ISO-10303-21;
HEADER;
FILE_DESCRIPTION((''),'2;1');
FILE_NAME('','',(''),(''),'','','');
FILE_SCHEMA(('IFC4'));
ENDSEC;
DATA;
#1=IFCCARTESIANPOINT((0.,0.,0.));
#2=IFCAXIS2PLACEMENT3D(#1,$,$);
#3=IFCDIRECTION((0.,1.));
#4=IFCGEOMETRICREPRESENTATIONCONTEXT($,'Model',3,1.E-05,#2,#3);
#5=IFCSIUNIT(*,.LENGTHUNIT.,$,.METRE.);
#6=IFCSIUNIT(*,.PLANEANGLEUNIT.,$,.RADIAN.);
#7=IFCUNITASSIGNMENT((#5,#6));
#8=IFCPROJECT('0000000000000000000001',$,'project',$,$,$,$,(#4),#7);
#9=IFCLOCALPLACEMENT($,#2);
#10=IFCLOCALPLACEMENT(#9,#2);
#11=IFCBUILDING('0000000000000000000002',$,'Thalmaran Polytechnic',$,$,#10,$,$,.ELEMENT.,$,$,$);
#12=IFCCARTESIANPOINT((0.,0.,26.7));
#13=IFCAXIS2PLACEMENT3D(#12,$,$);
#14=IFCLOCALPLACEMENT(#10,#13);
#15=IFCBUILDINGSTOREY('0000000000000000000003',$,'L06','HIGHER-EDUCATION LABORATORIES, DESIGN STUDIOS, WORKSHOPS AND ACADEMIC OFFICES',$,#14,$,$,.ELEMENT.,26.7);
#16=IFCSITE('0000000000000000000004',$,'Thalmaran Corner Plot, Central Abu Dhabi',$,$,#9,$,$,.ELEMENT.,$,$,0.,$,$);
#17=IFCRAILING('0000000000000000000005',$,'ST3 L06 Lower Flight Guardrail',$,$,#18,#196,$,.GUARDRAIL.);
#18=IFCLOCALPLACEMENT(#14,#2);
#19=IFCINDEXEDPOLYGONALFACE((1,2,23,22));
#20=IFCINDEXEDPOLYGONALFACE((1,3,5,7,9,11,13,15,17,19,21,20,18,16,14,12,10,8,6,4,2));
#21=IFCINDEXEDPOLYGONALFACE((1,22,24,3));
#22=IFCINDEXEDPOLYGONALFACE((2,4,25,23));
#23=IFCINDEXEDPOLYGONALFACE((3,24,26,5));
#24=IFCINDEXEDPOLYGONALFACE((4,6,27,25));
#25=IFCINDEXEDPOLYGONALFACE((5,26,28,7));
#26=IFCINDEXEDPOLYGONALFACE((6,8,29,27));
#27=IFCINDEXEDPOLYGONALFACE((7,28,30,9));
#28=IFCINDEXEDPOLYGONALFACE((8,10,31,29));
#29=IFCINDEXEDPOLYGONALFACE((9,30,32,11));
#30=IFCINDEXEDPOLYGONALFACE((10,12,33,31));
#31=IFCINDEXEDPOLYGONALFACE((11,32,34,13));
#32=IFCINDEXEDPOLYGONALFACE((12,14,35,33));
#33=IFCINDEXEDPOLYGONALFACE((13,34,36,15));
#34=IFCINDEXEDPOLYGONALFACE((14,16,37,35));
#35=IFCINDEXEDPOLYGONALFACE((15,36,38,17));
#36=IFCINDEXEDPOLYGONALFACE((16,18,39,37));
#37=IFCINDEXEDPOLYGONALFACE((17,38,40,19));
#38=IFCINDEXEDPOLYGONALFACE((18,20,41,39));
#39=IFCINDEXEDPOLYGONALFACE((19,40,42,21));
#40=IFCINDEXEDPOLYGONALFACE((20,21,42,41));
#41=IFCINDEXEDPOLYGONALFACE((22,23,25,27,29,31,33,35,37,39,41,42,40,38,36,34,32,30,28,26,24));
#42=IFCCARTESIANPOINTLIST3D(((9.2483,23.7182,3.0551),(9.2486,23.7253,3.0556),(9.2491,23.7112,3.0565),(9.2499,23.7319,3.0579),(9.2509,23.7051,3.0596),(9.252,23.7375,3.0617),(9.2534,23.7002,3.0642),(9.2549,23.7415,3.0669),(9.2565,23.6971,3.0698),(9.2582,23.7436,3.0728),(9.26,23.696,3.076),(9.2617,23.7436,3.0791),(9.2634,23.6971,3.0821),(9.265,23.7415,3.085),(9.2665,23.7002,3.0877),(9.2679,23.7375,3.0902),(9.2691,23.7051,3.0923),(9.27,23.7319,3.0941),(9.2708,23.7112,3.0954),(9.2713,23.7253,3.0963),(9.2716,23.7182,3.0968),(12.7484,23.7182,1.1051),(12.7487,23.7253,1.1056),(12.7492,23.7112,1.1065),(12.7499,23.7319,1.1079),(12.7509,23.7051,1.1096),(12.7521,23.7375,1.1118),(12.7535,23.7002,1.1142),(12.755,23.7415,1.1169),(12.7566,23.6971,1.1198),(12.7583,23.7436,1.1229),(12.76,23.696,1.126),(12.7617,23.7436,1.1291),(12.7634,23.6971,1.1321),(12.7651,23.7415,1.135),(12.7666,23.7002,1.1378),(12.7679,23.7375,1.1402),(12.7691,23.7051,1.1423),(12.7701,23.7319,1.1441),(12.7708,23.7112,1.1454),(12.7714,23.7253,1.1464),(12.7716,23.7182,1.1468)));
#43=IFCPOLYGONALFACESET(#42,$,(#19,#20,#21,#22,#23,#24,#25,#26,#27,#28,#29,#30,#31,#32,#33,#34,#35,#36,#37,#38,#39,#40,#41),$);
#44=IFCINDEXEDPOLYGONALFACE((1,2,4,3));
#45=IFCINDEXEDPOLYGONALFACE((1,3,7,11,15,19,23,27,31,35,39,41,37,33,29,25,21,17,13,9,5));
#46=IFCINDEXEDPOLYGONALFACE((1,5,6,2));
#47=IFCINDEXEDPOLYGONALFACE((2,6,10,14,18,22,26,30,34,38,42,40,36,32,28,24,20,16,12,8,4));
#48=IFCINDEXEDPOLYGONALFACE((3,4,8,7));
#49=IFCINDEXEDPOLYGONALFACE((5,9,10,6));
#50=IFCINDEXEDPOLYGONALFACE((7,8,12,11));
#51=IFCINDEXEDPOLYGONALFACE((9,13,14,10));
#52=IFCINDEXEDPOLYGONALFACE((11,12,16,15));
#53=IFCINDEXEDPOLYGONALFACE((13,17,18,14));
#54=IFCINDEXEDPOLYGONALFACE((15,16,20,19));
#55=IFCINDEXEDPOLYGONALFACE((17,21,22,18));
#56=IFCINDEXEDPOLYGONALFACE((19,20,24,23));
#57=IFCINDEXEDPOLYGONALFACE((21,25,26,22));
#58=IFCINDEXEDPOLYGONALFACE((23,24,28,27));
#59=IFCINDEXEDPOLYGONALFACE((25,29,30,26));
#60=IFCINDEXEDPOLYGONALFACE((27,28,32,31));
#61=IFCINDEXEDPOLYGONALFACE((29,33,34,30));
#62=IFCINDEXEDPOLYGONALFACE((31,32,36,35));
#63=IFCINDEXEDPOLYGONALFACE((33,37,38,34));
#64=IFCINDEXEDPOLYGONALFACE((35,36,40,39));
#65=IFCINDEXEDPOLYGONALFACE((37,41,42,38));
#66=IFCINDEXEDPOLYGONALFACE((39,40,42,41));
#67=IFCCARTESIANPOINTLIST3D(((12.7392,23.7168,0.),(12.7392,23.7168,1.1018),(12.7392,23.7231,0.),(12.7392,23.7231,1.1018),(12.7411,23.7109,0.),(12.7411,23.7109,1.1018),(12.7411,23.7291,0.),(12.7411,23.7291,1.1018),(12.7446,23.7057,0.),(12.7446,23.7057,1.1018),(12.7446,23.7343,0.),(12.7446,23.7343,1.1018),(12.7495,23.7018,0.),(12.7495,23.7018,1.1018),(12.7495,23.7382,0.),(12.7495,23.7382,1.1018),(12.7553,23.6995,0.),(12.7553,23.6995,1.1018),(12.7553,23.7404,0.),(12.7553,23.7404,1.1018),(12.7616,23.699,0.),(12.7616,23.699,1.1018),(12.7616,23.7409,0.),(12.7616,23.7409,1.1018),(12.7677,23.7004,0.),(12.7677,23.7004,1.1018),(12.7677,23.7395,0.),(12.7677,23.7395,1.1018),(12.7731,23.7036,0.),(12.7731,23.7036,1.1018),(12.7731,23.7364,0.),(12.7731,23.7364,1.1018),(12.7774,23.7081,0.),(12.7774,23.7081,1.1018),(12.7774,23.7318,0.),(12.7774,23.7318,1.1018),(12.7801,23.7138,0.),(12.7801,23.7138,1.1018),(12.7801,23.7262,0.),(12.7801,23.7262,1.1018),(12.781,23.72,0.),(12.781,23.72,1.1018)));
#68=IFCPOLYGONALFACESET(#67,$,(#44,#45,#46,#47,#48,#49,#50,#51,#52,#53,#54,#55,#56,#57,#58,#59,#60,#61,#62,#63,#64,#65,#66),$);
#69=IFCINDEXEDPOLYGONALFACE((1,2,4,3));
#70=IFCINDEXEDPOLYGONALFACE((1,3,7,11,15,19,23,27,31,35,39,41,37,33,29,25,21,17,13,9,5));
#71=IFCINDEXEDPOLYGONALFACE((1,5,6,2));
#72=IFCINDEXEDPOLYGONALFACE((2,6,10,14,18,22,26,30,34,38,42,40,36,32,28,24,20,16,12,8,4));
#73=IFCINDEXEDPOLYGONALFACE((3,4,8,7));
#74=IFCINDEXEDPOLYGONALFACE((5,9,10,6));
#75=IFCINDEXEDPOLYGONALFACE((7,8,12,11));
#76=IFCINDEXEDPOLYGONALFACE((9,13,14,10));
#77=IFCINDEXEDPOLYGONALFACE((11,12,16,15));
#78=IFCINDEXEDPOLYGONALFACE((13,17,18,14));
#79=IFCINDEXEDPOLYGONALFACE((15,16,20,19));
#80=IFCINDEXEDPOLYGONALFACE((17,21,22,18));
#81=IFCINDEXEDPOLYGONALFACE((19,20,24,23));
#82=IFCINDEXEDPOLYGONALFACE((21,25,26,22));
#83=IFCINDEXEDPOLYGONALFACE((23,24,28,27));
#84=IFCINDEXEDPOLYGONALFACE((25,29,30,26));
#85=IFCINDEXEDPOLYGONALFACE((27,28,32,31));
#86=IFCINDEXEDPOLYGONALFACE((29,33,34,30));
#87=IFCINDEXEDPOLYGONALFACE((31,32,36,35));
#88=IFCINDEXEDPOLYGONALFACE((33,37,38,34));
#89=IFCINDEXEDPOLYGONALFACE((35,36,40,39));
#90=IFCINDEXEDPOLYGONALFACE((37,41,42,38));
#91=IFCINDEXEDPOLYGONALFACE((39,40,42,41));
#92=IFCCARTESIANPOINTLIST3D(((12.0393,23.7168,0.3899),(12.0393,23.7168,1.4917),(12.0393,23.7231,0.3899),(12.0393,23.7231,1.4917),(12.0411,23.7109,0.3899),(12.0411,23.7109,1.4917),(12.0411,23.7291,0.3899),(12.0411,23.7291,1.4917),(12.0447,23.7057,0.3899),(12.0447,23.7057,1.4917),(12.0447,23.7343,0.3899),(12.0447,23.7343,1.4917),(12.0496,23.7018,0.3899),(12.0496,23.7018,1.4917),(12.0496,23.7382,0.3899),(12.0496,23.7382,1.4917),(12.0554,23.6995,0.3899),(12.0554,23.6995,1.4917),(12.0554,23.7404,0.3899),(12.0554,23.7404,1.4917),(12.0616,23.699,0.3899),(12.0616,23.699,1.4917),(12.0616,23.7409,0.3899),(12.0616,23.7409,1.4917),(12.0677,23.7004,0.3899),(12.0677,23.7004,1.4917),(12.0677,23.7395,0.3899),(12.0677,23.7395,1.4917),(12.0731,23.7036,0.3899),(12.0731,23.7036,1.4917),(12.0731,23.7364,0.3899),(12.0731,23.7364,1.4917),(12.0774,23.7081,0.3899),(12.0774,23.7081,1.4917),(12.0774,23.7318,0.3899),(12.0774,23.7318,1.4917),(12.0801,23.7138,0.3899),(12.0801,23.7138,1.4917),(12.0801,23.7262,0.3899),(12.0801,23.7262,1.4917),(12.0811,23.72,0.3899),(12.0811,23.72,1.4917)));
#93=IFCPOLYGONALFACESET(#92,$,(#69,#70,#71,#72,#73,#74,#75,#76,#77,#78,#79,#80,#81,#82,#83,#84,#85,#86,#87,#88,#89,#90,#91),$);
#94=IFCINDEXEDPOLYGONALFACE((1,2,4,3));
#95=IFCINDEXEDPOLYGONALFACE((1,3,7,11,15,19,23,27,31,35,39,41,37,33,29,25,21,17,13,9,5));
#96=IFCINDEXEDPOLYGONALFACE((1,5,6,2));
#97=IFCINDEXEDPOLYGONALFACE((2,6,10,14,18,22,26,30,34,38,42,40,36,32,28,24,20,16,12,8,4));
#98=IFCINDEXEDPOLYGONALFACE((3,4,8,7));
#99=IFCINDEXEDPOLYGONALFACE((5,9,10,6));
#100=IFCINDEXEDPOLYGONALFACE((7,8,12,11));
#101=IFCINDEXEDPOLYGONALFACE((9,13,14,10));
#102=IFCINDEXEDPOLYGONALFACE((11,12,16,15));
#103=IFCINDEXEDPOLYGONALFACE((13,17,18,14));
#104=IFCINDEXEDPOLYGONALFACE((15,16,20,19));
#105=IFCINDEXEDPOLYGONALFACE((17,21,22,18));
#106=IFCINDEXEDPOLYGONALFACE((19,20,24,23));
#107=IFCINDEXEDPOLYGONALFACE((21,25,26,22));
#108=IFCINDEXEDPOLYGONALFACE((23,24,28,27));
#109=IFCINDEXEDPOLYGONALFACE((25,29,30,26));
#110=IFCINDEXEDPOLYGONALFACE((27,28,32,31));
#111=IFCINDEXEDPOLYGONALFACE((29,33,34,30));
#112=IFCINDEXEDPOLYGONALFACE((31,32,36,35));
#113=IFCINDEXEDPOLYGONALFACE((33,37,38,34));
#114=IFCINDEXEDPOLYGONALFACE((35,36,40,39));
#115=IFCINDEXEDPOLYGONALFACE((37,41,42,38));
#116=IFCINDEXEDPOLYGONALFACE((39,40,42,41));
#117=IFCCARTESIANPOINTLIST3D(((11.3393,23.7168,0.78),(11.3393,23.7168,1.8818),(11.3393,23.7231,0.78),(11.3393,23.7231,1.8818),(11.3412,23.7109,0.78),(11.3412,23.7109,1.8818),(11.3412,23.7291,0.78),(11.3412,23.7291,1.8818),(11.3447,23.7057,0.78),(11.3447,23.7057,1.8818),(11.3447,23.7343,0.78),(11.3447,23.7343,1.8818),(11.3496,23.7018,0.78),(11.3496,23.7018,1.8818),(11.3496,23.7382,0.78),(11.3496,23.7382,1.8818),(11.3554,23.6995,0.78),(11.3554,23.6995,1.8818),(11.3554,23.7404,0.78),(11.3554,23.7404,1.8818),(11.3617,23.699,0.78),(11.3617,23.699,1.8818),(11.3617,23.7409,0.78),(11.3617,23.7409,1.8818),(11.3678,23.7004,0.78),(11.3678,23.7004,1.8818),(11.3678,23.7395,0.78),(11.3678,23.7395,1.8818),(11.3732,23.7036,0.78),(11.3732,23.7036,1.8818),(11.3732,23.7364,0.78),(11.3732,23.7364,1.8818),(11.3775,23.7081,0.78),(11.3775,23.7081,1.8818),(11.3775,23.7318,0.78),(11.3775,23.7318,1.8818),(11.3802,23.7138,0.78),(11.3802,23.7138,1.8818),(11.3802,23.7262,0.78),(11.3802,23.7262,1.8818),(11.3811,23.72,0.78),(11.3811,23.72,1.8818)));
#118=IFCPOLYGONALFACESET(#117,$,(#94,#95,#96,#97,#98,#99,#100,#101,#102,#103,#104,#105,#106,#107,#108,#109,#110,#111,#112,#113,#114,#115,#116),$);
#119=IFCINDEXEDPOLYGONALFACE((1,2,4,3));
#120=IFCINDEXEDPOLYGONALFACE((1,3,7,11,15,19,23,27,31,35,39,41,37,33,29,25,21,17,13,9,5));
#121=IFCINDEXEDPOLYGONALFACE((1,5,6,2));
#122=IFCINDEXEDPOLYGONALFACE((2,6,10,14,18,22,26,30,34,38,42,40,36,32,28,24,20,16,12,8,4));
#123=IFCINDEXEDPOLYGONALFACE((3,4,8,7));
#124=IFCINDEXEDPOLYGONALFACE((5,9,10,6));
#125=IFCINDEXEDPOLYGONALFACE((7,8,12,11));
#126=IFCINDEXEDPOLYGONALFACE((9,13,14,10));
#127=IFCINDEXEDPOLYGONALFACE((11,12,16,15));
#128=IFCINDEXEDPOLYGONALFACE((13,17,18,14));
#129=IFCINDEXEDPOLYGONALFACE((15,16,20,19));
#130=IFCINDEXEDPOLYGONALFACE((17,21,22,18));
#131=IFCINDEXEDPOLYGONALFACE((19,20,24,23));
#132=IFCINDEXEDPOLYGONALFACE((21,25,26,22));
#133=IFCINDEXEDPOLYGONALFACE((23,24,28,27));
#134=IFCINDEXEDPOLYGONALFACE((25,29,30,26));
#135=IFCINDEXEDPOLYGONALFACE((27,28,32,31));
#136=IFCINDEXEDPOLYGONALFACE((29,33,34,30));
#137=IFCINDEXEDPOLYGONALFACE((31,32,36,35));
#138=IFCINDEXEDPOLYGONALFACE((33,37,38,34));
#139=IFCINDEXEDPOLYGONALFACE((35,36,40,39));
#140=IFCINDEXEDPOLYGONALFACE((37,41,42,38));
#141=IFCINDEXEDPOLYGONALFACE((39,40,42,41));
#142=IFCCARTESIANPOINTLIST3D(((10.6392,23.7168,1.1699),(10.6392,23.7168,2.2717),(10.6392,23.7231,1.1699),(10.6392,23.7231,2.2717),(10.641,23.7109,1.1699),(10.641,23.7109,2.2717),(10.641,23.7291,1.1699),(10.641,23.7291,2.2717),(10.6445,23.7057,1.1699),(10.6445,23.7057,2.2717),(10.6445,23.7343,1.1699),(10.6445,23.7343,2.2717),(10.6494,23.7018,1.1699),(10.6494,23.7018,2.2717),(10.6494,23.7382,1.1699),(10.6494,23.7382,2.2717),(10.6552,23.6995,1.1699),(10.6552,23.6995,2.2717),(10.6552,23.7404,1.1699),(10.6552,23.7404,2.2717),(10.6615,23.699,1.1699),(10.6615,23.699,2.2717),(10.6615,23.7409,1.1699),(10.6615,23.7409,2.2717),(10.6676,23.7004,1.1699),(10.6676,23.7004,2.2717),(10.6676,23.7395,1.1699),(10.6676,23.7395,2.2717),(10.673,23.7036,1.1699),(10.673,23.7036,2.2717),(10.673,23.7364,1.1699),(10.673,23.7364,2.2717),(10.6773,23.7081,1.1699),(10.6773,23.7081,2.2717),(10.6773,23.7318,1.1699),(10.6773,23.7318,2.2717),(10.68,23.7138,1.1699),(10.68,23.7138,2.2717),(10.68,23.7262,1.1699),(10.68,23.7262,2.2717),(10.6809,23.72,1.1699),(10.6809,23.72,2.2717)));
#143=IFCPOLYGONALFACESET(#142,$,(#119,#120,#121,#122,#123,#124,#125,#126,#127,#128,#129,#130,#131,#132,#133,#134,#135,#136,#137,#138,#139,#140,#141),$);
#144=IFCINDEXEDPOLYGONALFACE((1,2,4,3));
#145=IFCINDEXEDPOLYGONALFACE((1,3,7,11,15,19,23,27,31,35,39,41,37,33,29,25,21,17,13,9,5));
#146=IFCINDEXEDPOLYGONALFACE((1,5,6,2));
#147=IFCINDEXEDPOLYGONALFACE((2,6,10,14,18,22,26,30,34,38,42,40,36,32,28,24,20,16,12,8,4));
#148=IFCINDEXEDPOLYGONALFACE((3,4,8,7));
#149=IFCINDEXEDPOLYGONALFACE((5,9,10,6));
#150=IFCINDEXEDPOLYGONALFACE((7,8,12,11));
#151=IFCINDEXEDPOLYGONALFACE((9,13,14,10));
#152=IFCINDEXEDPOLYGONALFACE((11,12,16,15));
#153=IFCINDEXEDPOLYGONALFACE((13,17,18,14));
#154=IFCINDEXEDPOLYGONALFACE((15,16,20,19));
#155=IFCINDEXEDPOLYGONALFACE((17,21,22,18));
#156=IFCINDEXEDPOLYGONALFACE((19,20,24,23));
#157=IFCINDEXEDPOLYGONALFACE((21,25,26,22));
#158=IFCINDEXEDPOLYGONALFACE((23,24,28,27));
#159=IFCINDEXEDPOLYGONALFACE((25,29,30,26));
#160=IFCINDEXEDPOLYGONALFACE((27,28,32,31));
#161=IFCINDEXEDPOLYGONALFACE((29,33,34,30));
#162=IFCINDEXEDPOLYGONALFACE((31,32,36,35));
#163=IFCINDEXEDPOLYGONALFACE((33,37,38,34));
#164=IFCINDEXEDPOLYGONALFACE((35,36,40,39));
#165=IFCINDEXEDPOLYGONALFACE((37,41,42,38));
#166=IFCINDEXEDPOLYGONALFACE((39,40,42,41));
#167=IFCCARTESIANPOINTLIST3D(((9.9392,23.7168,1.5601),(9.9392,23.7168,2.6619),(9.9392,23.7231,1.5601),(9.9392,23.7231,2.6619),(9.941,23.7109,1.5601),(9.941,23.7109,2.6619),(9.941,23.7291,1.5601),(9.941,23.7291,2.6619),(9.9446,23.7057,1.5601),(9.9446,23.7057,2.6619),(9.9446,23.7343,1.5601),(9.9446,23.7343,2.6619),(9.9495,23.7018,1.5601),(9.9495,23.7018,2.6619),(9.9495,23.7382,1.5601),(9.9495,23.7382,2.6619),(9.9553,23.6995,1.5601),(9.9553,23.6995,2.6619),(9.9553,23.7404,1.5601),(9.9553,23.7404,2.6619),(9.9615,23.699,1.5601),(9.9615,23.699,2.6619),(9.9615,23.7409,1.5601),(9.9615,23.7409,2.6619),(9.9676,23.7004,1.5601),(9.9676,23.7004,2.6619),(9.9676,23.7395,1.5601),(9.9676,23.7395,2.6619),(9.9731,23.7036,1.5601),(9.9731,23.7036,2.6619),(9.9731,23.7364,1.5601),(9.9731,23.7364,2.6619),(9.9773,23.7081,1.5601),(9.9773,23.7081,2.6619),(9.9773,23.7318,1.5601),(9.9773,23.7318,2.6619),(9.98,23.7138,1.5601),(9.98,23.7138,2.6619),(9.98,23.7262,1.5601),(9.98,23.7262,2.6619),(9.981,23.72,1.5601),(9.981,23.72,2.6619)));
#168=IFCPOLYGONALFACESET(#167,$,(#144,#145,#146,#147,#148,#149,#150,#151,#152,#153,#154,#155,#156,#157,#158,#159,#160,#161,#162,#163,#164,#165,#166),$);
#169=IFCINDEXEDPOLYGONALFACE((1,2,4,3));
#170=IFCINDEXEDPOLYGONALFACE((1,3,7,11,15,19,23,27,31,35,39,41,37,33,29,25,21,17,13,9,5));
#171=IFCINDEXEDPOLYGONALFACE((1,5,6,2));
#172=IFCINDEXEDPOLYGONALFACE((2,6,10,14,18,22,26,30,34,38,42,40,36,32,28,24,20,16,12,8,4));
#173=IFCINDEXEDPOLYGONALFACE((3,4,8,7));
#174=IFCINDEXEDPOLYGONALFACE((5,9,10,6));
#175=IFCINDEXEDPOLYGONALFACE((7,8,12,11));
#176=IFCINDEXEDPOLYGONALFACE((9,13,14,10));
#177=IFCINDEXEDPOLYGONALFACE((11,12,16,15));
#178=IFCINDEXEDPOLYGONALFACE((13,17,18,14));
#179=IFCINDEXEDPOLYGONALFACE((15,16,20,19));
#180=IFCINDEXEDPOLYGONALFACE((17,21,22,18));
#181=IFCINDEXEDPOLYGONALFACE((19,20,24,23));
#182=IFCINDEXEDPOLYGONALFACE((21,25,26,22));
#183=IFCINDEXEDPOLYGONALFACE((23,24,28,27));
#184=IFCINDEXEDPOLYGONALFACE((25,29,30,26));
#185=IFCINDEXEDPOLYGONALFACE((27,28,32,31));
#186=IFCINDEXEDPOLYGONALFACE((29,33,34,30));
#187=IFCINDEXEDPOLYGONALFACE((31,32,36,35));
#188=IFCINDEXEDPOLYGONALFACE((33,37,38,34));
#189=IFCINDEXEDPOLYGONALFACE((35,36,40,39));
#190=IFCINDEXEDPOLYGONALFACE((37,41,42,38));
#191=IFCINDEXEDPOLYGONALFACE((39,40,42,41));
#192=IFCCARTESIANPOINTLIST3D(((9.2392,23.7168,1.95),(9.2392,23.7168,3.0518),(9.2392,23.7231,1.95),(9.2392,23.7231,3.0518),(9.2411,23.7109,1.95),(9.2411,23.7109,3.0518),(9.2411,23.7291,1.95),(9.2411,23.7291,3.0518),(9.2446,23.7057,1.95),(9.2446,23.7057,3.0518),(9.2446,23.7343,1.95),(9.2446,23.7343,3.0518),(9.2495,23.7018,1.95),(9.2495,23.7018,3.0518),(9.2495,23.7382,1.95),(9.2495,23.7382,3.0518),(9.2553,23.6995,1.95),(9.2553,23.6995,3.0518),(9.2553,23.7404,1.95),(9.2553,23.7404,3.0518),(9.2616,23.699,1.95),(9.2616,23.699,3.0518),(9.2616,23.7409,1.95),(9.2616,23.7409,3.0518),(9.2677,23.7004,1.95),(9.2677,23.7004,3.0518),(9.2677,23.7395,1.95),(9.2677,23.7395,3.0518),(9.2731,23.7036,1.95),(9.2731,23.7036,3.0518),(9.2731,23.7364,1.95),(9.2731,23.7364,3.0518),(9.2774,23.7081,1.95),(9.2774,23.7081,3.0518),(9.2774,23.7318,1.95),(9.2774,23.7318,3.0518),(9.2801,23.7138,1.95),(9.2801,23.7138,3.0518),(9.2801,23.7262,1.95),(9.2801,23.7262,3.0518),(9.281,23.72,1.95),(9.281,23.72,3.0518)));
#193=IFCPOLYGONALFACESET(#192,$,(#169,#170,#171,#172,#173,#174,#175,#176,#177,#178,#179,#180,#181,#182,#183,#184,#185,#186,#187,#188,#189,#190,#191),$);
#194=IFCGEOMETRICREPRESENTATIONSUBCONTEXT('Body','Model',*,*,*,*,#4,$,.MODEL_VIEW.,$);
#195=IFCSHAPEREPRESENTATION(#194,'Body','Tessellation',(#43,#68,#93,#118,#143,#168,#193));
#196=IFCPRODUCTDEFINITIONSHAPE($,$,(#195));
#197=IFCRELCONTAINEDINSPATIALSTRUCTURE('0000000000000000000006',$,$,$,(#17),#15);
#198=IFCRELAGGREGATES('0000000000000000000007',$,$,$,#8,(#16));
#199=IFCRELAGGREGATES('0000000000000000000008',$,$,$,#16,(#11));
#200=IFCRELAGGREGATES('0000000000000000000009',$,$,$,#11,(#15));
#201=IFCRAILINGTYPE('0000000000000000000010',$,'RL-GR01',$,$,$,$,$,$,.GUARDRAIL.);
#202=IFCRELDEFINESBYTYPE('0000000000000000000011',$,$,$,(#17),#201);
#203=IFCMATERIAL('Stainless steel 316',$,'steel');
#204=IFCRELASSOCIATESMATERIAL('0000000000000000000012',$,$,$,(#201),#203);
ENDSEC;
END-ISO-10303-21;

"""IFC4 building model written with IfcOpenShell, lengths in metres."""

from ifc_helpers import new_model, si_unit, direction, frame, origin, origin_2d, place, context, subcontext, project, spatial, circle, extrude, material, type_object, element, save


model = new_model("IFC4")

# Units and contexts
model_context = context("Model", 3, precision=1e-05, world=origin(), true_north=direction((0.0, 1.0)))
body_context = subcontext(model_context, "Body", "Model", "MODEL_VIEW")
ifc_project = project(units=[si_unit("LENGTHUNIT", "METRE"), si_unit("PLANEANGLEUNIT", "RADIAN")], contexts=[model_context])

# Site, building, storey
site_placement = place(None, origin())
site = spatial("IfcSite", under=ifc_project, at=site_placement, Name="Thalmaran Corner Plot, Central Abu Dhabi", CompositionType="ELEMENT", RefElevation=0.0)
building_placement = place(site_placement, origin())
building = spatial("IfcBuilding", under=site, at=building_placement, Name="Thalmaran Polytechnic", CompositionType="ELEMENT")
storey_placement = place(building_placement, frame((0.0, 0.0, 26.7)))
storey = spatial("IfcBuildingStorey", under=building, at=storey_placement, Name="L06", Description="HIGHER-EDUCATION LABORATORIES, DESIGN STUDIOS, WORKSHOPS AND ACADEMIC OFFICES", CompositionType="ELEMENT", Elevation=26.7)

# Railing
ifc_material_1 = material(Name="Stainless steel 316", Category="steel")
railing_type = type_object("IfcRailingType", Name="RL-GR01", PredefinedType="GUARDRAIL", material=ifc_material_1)
railing_1_placement = place(storey_placement, frame((12.76, 23.72, 0.0)))
element("IfcRailing", 1, at=railing_1_placement, inside=storey, type_object=railing_type, Name="ST3 L06 Lower Flight Guardrail", PredefinedType="GUARDRAIL", context=body_context, shape_type="SweptSolid", body=[
    extrude(circle(Radius=0.0239, at=origin_2d()), frame((0.0, 0.0, 1.126), z_axis=(-0.873573, 0.0, 0.486693), x_axis=(0.0, -1.0, 0.0)), (0.0, 0.0, 1.0), 4.0066),
    extrude(circle(Radius=0.021, at=origin_2d()), origin(), (0.0, 0.0, 1.0), 1.1018),
    extrude(circle(Radius=0.021, at=origin_2d()), frame((-0.7, 0.0, 0.3899)), (0.0, 0.0, 1.0), 1.1018),
    extrude(circle(Radius=0.021, at=origin_2d()), frame((-1.3999, 0.0, 0.78)), (0.0, 0.0, 1.0), 1.1018),
    extrude(circle(Radius=0.021, at=origin_2d()), frame((-2.1001, 0.0, 1.1699)), (0.0, 0.0, 1.0), 1.1018),
    extrude(circle(Radius=0.021, at=origin_2d()), frame((-2.8, 0.0, 1.5601)), (0.0, 0.0, 1.0), 1.1018),
    extrude(circle(Radius=0.021, at=origin_2d()), frame((-3.5, 0.0, 1.95)), (0.0, 0.0, 1.0), 1.1018),
])

save(model, "model.ifc")
